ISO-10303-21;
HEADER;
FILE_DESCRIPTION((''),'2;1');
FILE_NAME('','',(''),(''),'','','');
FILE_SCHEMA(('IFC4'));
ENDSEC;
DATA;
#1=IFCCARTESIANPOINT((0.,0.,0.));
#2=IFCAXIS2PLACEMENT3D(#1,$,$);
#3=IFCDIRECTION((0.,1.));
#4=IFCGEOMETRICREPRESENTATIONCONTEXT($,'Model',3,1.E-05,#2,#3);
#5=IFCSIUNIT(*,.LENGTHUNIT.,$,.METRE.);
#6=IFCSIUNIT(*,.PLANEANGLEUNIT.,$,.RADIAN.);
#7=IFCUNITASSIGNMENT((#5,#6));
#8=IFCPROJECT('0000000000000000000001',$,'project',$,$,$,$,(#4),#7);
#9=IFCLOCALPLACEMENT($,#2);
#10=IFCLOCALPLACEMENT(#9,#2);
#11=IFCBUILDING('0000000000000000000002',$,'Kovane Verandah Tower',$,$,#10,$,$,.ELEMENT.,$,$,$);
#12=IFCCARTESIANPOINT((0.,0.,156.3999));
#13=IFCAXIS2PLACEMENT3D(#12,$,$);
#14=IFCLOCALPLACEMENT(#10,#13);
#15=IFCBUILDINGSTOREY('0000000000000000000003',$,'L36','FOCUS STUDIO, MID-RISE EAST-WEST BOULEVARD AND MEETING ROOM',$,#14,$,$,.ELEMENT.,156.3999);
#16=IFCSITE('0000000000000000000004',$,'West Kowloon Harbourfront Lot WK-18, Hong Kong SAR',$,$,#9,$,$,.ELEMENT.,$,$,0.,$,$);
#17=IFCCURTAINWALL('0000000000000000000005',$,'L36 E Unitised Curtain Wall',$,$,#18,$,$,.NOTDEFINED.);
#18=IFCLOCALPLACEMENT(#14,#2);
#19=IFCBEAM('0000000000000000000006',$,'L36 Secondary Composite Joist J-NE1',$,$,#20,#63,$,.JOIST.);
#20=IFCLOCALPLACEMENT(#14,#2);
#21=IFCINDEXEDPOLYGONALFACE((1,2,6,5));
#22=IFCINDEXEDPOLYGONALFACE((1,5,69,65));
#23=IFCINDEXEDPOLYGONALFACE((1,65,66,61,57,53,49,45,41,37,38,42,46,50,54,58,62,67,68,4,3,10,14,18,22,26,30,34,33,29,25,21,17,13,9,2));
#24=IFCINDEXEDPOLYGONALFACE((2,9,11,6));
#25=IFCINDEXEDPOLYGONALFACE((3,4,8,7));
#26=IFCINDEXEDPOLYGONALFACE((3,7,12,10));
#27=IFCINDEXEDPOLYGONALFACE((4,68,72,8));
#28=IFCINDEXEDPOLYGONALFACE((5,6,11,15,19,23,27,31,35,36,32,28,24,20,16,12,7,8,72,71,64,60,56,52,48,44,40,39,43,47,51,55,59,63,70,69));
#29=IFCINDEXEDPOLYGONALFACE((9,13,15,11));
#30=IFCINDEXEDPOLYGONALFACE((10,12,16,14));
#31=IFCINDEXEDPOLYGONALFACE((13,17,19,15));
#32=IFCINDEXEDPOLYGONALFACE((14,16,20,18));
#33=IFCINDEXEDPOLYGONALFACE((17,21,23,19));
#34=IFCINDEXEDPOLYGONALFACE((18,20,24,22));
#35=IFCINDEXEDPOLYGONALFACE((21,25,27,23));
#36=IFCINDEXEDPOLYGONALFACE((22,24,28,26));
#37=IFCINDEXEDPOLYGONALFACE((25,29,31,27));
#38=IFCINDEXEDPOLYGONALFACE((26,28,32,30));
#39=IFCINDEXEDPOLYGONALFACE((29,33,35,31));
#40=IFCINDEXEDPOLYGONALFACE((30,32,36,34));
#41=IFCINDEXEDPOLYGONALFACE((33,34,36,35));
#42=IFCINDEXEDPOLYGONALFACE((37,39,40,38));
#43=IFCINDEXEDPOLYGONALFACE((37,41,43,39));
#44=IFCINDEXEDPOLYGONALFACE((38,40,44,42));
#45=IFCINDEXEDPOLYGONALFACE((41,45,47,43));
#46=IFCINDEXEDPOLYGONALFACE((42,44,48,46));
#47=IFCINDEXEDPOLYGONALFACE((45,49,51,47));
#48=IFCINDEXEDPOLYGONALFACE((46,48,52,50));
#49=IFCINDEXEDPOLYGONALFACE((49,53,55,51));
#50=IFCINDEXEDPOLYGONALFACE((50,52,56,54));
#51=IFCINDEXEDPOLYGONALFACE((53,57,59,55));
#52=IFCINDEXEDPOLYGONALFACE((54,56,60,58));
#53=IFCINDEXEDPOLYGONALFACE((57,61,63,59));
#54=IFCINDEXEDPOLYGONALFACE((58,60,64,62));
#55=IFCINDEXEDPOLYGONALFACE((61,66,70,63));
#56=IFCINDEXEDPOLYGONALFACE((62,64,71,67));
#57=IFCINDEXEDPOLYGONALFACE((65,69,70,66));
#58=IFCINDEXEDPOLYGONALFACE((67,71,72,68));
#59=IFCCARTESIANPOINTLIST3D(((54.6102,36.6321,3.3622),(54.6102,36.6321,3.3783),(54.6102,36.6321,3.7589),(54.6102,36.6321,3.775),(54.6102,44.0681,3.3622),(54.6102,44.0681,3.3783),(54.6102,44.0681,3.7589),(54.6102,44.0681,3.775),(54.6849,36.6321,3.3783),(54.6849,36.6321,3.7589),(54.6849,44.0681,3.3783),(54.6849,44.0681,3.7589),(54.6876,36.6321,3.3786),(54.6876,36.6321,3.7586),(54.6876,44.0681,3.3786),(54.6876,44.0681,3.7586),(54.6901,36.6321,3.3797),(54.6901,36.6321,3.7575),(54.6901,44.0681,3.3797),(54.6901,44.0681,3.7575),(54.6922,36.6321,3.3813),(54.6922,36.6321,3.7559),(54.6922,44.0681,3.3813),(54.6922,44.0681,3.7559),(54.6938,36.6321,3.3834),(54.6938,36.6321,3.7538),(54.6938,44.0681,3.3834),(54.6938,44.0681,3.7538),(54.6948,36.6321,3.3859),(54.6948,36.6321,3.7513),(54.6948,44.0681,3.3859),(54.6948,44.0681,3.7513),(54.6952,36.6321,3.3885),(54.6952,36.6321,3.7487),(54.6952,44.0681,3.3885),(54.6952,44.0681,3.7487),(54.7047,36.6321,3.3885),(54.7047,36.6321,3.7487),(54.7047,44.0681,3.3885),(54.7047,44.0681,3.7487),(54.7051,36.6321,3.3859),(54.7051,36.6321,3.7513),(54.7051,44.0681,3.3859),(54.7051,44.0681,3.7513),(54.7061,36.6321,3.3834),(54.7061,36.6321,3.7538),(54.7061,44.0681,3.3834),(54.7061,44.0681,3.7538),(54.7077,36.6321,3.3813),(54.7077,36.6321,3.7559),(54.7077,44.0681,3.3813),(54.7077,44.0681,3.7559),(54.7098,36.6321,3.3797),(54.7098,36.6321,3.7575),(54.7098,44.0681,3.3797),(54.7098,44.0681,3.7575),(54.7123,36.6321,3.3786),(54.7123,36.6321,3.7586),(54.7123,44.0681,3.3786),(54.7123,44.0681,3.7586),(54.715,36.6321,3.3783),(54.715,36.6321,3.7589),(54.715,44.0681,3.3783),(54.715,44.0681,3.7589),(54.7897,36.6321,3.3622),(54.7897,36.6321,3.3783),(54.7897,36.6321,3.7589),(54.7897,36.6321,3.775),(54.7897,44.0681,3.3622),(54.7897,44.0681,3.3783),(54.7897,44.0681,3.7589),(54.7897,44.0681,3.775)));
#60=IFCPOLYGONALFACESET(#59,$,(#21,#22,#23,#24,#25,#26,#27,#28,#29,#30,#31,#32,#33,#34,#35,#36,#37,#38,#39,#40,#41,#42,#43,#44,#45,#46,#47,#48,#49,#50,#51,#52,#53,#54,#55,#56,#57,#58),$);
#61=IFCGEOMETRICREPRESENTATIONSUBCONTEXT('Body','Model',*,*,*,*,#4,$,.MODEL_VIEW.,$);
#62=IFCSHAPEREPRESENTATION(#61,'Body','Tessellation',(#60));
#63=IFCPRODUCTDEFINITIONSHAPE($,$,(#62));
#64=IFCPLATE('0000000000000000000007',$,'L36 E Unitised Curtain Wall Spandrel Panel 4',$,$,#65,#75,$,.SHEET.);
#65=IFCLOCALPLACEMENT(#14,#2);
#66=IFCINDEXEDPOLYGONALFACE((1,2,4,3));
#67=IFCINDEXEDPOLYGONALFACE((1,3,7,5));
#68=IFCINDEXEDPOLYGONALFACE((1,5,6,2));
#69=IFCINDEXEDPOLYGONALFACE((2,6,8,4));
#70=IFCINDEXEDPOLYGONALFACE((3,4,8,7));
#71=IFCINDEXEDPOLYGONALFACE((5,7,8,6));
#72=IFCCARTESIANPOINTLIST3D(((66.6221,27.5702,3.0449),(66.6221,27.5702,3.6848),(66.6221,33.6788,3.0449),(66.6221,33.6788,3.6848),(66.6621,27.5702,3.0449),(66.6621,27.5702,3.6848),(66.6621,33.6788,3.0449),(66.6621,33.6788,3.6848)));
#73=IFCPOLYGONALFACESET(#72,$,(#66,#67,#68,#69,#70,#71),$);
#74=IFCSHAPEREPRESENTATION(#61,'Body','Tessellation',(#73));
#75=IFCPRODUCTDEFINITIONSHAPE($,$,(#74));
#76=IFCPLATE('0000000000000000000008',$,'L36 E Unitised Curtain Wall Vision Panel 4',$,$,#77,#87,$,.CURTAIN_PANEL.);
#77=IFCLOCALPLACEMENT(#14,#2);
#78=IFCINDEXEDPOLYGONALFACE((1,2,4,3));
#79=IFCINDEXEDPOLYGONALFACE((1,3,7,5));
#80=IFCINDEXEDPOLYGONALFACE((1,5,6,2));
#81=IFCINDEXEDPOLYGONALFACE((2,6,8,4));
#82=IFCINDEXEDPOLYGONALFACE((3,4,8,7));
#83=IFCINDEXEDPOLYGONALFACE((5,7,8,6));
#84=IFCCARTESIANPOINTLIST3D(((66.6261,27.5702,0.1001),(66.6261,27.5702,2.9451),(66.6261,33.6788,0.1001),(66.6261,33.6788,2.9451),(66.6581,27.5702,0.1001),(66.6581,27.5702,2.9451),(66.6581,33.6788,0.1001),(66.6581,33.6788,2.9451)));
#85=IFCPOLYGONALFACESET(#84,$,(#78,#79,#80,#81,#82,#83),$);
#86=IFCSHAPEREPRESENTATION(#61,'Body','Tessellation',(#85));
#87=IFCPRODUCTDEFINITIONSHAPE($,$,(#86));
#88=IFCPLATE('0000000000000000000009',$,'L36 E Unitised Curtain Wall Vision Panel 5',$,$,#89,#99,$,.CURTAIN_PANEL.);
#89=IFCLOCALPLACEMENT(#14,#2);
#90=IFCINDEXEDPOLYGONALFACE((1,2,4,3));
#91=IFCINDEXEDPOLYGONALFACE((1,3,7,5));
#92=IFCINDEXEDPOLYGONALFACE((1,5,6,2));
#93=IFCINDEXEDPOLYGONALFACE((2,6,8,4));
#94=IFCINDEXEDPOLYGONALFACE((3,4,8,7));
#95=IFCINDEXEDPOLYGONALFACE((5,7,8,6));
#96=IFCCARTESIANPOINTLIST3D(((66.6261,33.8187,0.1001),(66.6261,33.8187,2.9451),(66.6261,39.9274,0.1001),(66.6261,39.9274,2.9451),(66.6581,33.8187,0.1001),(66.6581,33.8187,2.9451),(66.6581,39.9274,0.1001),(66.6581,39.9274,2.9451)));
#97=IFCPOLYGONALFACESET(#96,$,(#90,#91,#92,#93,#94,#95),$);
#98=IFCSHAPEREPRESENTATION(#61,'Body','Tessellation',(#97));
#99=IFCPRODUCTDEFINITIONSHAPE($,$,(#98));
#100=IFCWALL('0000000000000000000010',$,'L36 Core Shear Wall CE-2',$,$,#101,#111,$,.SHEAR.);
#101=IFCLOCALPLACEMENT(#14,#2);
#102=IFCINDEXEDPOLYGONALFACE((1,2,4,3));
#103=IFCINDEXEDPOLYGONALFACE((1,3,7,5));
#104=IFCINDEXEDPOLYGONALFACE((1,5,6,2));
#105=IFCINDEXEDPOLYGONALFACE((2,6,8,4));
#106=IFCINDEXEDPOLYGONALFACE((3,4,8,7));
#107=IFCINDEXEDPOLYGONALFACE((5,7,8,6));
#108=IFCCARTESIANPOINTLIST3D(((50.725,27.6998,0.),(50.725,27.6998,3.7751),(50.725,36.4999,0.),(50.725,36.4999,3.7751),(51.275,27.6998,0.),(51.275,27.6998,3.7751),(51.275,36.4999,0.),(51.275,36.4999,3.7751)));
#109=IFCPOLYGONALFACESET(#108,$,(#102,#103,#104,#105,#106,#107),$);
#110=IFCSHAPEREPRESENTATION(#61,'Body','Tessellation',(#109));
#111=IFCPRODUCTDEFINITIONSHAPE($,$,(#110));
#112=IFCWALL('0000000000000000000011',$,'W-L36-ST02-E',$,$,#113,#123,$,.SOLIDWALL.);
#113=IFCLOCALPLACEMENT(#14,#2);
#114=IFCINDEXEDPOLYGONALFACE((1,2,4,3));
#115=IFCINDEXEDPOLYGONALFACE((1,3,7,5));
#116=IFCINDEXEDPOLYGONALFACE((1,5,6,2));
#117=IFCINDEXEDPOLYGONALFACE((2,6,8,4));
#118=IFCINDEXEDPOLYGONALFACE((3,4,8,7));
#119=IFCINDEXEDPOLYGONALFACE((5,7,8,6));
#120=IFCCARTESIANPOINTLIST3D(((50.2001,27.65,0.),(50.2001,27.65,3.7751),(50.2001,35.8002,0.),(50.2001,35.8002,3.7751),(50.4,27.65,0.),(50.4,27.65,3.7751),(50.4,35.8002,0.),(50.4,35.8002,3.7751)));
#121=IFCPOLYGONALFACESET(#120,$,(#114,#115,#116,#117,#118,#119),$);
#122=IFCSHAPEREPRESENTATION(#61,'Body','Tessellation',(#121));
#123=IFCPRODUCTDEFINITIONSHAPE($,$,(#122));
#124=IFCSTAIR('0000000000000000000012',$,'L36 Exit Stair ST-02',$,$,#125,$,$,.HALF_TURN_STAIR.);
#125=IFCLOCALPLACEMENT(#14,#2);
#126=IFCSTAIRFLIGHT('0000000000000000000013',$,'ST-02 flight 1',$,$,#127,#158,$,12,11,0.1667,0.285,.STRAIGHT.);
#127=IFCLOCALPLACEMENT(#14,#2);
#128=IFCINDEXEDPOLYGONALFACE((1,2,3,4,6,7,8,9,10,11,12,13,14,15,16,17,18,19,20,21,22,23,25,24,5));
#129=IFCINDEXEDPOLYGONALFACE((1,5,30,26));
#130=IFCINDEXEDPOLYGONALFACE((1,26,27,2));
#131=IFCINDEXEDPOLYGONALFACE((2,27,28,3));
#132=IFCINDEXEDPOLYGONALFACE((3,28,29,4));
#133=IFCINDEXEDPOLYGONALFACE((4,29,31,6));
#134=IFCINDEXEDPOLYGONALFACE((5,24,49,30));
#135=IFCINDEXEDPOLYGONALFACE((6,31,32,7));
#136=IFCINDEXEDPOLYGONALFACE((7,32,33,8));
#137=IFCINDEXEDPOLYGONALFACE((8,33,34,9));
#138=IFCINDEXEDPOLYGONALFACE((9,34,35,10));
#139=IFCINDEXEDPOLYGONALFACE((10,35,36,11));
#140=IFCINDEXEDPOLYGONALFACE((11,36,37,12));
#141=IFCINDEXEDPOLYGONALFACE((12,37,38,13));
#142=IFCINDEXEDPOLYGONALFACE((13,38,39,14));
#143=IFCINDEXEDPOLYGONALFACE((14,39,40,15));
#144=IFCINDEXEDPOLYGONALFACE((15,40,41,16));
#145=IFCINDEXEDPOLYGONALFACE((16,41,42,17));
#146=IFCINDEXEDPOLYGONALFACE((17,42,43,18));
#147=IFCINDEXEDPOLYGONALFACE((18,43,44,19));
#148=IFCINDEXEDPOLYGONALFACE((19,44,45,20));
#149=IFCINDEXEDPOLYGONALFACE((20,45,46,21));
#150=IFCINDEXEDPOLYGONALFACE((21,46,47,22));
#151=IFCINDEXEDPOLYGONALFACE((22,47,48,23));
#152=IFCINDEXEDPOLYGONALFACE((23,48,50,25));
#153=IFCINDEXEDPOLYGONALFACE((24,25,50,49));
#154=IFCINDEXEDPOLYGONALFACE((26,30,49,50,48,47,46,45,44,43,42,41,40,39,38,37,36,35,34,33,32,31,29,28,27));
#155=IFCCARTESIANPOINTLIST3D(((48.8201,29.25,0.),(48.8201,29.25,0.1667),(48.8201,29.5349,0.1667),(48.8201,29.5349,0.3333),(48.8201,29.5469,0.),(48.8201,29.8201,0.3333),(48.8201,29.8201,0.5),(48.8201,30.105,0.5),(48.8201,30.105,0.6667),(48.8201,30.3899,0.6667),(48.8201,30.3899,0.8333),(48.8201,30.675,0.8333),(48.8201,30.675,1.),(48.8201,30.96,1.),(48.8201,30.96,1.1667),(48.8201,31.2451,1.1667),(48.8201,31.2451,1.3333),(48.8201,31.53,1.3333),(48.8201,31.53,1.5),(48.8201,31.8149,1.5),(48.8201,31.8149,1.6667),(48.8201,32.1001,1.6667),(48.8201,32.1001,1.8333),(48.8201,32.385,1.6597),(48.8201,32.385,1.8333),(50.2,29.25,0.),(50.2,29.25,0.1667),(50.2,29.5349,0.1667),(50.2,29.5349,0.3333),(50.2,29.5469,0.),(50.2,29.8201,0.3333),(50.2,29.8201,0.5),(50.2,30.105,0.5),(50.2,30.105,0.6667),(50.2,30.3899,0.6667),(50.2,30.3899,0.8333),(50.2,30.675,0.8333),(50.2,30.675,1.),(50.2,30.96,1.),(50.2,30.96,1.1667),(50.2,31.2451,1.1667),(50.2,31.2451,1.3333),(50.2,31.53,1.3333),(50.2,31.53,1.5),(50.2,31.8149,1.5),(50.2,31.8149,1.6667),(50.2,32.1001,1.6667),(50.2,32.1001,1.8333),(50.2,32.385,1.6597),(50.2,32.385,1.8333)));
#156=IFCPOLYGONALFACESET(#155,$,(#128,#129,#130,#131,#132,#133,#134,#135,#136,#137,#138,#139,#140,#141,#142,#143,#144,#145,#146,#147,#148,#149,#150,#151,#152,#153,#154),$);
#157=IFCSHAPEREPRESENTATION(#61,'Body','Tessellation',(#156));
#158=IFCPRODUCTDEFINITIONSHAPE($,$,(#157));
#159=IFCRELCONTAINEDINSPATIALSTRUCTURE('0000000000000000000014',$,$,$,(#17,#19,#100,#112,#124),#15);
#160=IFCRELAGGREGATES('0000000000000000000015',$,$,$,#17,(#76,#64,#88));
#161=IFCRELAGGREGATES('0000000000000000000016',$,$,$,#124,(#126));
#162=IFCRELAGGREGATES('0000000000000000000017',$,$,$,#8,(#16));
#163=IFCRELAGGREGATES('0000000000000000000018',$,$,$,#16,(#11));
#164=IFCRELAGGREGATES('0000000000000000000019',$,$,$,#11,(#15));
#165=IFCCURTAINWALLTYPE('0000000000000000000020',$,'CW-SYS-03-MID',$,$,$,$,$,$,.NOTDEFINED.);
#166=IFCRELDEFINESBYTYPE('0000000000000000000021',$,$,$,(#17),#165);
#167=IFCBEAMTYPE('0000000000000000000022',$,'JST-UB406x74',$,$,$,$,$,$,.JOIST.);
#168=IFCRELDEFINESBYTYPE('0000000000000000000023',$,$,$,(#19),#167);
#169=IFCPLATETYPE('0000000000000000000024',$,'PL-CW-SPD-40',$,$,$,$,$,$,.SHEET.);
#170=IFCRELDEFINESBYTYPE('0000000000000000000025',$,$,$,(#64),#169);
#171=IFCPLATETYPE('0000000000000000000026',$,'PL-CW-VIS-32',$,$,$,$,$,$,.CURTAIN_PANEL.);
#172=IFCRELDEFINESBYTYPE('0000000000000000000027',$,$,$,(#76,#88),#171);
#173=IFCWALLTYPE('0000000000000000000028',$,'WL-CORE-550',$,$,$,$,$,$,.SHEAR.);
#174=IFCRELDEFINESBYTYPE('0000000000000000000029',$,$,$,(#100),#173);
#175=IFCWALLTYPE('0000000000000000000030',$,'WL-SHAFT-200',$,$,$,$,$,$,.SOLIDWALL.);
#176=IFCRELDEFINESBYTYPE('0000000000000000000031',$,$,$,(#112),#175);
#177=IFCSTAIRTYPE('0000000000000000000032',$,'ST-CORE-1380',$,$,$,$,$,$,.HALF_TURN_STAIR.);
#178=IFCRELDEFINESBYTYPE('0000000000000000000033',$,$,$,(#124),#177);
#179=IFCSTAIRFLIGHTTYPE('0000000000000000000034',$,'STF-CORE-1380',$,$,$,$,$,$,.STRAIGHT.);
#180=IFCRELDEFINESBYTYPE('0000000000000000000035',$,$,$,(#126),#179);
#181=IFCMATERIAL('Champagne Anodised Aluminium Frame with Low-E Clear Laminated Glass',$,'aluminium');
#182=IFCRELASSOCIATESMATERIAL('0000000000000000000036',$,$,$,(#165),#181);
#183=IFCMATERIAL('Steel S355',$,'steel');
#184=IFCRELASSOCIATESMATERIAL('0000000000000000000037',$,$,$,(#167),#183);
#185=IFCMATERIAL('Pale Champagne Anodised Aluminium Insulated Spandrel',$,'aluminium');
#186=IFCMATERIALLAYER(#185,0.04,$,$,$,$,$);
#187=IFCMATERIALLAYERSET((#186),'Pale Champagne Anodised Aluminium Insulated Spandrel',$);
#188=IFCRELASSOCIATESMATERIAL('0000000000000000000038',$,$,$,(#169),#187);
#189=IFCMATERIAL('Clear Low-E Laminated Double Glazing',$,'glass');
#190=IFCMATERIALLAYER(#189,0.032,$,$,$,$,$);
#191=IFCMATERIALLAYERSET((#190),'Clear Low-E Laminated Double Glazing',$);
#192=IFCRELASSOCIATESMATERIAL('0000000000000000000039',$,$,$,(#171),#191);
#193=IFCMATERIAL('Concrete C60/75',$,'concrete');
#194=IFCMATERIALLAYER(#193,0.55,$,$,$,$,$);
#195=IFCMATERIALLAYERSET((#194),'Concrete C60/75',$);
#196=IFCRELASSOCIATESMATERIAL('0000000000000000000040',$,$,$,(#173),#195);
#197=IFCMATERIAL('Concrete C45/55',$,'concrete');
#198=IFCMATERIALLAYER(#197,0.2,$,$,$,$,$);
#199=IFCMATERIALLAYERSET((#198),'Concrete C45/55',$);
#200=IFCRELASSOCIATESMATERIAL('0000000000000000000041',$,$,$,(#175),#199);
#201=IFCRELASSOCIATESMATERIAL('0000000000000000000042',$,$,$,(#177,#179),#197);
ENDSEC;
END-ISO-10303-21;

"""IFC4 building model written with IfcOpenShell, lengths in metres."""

from ifc_helpers import new_model, si_unit, direction, frame, frame_2d, origin, origin_2d, place, context, subcontext, project, spatial, polyline, rectangle, i_section, outline, extrude, material, layer, layer_set, material_profile, profile_set, type_object, element, aggregate, save


model = new_model("IFC4")

# Units and contexts
model_context = context("Model", 3, precision=1e-05, world=origin(), true_north=direction((0.0, 1.0)))
body_context = subcontext(model_context, "Body", "Model", "MODEL_VIEW")
ifc_project = project(units=[si_unit("LENGTHUNIT", "METRE"), si_unit("PLANEANGLEUNIT", "RADIAN")], contexts=[model_context])

# Site, building, storey
site_placement = place(None, origin())
site = spatial("IfcSite", under=ifc_project, at=site_placement, Name="West Kowloon Harbourfront Lot WK-18, Hong Kong SAR", CompositionType="ELEMENT", RefElevation=0.0)
building_placement = place(site_placement, origin())
building = spatial("IfcBuilding", under=site, at=building_placement, Name="Kovane Verandah Tower", CompositionType="ELEMENT")
storey_placement = place(building_placement, frame((0.0, 0.0, 156.3999)))
storey = spatial("IfcBuildingStorey", under=building, at=storey_placement, Name="L36", Description="FOCUS STUDIO, MID-RISE EAST-WEST BOULEVARD AND MEETING ROOM", CompositionType="ELEMENT", Elevation=156.3999)

# Shared definitions
ifc_material_1 = material(Name="Steel S355", Category="steel")

# Curtain wall
ifc_material_2 = material(Name="Champagne Anodised Aluminium Frame with Low-E Clear Laminated Glass", Category="aluminium")
curtain_wall_type = type_object("IfcCurtainWallType", Name="CW-SYS-03-MID", PredefinedType="NOTDEFINED", material=ifc_material_2)
curtain_wall_placement = place(storey_placement, origin())
curtain_wall = element("IfcCurtainWall", 1, at=curtain_wall_placement, inside=storey, type_object=curtain_wall_type, Name="L36 E Unitised Curtain Wall", PredefinedType="NOTDEFINED")

# Beam
ifc_material_profile_1 = material_profile(ifc_material_1, i_section(OverallWidth=0.1794, OverallDepth=0.4128, WebThickness=0.0095, FlangeThickness=0.0161, FilletRadius=0.0103, at=origin_2d()), Name="UB406x178x74")
ifc_profile_set_1 = profile_set([ifc_material_profile_1], Name="Steel S355")
beam_type_1 = type_object("IfcBeamType", Name="JST-UB406x74", PredefinedType="JOIST", material=ifc_profile_set_1)
beam_1_placement = place(storey_placement, frame((54.7, 36.6321, 3.5686), z_axis=(0.0, 1.0, 0.0), x_axis=(-1.0, 0.0, 0.0)))
element("IfcBeam", 2, at=beam_1_placement, inside=storey, type_object=beam_type_1, Name="L36 Secondary Composite Joist J-NE1", PredefinedType="JOIST", context=body_context, shape_type="SweptSolid", body=[
    extrude(i_section(OverallWidth=0.1794, OverallDepth=0.4128, WebThickness=0.0095, FlangeThickness=0.0161, FilletRadius=0.0103, at=origin_2d()), origin(), (0.0, 0.0, 1.0), 7.436),
])

# Plates
ifc_material_3 = material(Name="Pale Champagne Anodised Aluminium Insulated Spandrel", Category="aluminium")
ifc_layer_1 = layer(ifc_material_3, 0.04)
ifc_layer_set_1 = layer_set([ifc_layer_1], Name="Pale Champagne Anodised Aluminium Insulated Spandrel")
plate_type_1 = type_object("IfcPlateType", Name="PL-CW-SPD-40", PredefinedType="SHEET", material=ifc_layer_set_1)
plate_1_placement = place(storey_placement, frame((66.6421, 30.6245, 3.0449), z_axis=(0.0, 0.0, 1.0), x_axis=(0.0, 1.0, 0.0)))
plate_1 = element("IfcPlate", 3, at=plate_1_placement, type_object=plate_type_1, Name="L36 E Unitised Curtain Wall Spandrel Panel 4", PredefinedType="SHEET", context=body_context, shape_type="SweptSolid", body=[
    extrude(rectangle(XDim=6.1086, YDim=0.04, at=origin_2d()), origin(), (0.0, 0.0, 1.0), 0.6399),
])
ifc_material_4 = material(Name="Clear Low-E Laminated Double Glazing", Category="glass")
ifc_layer_2 = layer(ifc_material_4, 0.032)
ifc_layer_set_2 = layer_set([ifc_layer_2], Name="Clear Low-E Laminated Double Glazing")
plate_type_2 = type_object("IfcPlateType", Name="PL-CW-VIS-32", PredefinedType="CURTAIN_PANEL", material=ifc_layer_set_2)
plate_2_placement = place(storey_placement, frame((66.6421, 30.6245, 0.1001), z_axis=(0.0, 0.0, 1.0), x_axis=(0.0, 1.0, 0.0)))
plate_2 = element("IfcPlate", 4, at=plate_2_placement, type_object=plate_type_2, Name="L36 E Unitised Curtain Wall Vision Panel 4", PredefinedType="CURTAIN_PANEL", context=body_context, shape_type="SweptSolid", body=[
    extrude(rectangle(XDim=6.1086, YDim=0.032, at=origin_2d()), origin(), (0.0, 0.0, 1.0), 2.845),
])
plate_3_placement = place(storey_placement, frame((66.6421, 36.873, 0.1001), z_axis=(0.0, 0.0, 1.0), x_axis=(0.0, 1.0, 0.0)))
plate_3 = element("IfcPlate", 5, at=plate_3_placement, type_object=plate_type_2, Name="L36 E Unitised Curtain Wall Vision Panel 5", PredefinedType="CURTAIN_PANEL", context=body_context, shape_type="SweptSolid", body=[
    extrude(rectangle(XDim=6.1086, YDim=0.032, at=origin_2d()), origin(), (0.0, 0.0, 1.0), 2.845),
])
aggregate(curtain_wall, [plate_2, plate_1, plate_3])

# Walls
ifc_material_5 = material(Name="Concrete C60/75", Category="concrete")
ifc_layer_3 = layer(ifc_material_5, 0.55)
ifc_layer_set_3 = layer_set([ifc_layer_3], Name="Concrete C60/75")
wall_type_1 = type_object("IfcWallType", Name="WL-CORE-550", PredefinedType="SHEAR", material=ifc_layer_set_3)
wall_1_placement = place(storey_placement, frame((51.0, 27.7, 0.0), z_axis=(0.0, 0.0, 1.0), x_axis=(0.0, 1.0, 0.0)))
element("IfcWall", 6, at=wall_1_placement, inside=storey, type_object=wall_type_1, Name="L36 Core Shear Wall CE-2", PredefinedType="SHEAR", context=body_context, shape_type="SweptSolid", body=[
    extrude(rectangle(XDim=8.8, YDim=0.55, at=frame_2d((4.3999, 0.0))), origin(), (0.0, 0.0, 1.0), 3.7751),
])
ifc_material_6 = material(Name="Concrete C45/55", Category="concrete")
ifc_layer_4 = layer(ifc_material_6, 0.2)
ifc_layer_set_4 = layer_set([ifc_layer_4], Name="Concrete C45/55")
wall_type_2 = type_object("IfcWallType", Name="WL-SHAFT-200", PredefinedType="SOLIDWALL", material=ifc_layer_set_4)
wall_2_placement = place(storey_placement, frame((50.3, 27.6499, 0.0), z_axis=(0.0, 0.0, 1.0), x_axis=(0.0, 1.0, 0.0)))
element("IfcWall", 7, at=wall_2_placement, inside=storey, type_object=wall_type_2, Name="W-L36-ST02-E", PredefinedType="SOLIDWALL", context=body_context, shape_type="SweptSolid", body=[
    extrude(rectangle(XDim=8.1501, YDim=0.2, at=frame_2d((4.0752, 0.0))), origin(), (0.0, 0.0, 1.0), 3.7751),
])

# Stair, stair flight
stair_type = type_object("IfcStairType", Name="ST-CORE-1380", PredefinedType="HALF_TURN_STAIR", material=ifc_material_6)
stair_placement = place(storey_placement, origin())
stair = element("IfcStair", 8, at=stair_placement, inside=storey, type_object=stair_type, Name="L36 Exit Stair ST-02", PredefinedType="HALF_TURN_STAIR")
stair_flight_type = type_object("IfcStairFlightType", Name="STF-CORE-1380", PredefinedType="STRAIGHT", material=ifc_material_6)
stair_flight_placement = place(storey_placement, frame((49.51, 29.25, 0.0), z_axis=(0.0, 0.0, 1.0), x_axis=(0.0, 1.0, 0.0)))
stair_flight = element("IfcStairFlight", 9, at=stair_flight_placement, type_object=stair_flight_type, Name="ST-02 flight 1", NumberOfRisers=12, NumberOfTreads=11, PredefinedType="STRAIGHT", RiserHeight=0.1667, TreadLength=0.285, context=body_context, shape_type="SweptSolid", body=[
    extrude(outline(polyline([(0.0, 0.0), (0.0, 0.1667), (0.2849, 0.1667), (0.2849, 0.3333), (0.5701, 0.3333), (0.5701, 0.5), (0.855, 0.5), (0.855, 0.6667), (1.1399, 0.6667), (1.1399, 0.8333), (1.425, 0.8333), (1.425, 1.0), (1.71, 1.0), (1.71, 1.1667), (1.9951, 1.1667), (1.9951, 1.3333), (2.28, 1.3333), (2.28, 1.5), (2.5649, 1.5), (2.5649, 1.6667), (2.8501, 1.6667), (2.8501, 1.8333), (3.135, 1.8333), (3.135, 2.0), (3.135, 1.6597), (0.2969, 0.0), (0.0, 0.0)])), frame((0.0, 0.6899, 0.0), z_axis=(0.0, -1.0, 0.0), x_axis=(1.0, 0.0, 0.0)), (0.0, 0.0, 1.0), 1.3799),
])
aggregate(stair, [stair_flight])

save(model, "model.ifc")
